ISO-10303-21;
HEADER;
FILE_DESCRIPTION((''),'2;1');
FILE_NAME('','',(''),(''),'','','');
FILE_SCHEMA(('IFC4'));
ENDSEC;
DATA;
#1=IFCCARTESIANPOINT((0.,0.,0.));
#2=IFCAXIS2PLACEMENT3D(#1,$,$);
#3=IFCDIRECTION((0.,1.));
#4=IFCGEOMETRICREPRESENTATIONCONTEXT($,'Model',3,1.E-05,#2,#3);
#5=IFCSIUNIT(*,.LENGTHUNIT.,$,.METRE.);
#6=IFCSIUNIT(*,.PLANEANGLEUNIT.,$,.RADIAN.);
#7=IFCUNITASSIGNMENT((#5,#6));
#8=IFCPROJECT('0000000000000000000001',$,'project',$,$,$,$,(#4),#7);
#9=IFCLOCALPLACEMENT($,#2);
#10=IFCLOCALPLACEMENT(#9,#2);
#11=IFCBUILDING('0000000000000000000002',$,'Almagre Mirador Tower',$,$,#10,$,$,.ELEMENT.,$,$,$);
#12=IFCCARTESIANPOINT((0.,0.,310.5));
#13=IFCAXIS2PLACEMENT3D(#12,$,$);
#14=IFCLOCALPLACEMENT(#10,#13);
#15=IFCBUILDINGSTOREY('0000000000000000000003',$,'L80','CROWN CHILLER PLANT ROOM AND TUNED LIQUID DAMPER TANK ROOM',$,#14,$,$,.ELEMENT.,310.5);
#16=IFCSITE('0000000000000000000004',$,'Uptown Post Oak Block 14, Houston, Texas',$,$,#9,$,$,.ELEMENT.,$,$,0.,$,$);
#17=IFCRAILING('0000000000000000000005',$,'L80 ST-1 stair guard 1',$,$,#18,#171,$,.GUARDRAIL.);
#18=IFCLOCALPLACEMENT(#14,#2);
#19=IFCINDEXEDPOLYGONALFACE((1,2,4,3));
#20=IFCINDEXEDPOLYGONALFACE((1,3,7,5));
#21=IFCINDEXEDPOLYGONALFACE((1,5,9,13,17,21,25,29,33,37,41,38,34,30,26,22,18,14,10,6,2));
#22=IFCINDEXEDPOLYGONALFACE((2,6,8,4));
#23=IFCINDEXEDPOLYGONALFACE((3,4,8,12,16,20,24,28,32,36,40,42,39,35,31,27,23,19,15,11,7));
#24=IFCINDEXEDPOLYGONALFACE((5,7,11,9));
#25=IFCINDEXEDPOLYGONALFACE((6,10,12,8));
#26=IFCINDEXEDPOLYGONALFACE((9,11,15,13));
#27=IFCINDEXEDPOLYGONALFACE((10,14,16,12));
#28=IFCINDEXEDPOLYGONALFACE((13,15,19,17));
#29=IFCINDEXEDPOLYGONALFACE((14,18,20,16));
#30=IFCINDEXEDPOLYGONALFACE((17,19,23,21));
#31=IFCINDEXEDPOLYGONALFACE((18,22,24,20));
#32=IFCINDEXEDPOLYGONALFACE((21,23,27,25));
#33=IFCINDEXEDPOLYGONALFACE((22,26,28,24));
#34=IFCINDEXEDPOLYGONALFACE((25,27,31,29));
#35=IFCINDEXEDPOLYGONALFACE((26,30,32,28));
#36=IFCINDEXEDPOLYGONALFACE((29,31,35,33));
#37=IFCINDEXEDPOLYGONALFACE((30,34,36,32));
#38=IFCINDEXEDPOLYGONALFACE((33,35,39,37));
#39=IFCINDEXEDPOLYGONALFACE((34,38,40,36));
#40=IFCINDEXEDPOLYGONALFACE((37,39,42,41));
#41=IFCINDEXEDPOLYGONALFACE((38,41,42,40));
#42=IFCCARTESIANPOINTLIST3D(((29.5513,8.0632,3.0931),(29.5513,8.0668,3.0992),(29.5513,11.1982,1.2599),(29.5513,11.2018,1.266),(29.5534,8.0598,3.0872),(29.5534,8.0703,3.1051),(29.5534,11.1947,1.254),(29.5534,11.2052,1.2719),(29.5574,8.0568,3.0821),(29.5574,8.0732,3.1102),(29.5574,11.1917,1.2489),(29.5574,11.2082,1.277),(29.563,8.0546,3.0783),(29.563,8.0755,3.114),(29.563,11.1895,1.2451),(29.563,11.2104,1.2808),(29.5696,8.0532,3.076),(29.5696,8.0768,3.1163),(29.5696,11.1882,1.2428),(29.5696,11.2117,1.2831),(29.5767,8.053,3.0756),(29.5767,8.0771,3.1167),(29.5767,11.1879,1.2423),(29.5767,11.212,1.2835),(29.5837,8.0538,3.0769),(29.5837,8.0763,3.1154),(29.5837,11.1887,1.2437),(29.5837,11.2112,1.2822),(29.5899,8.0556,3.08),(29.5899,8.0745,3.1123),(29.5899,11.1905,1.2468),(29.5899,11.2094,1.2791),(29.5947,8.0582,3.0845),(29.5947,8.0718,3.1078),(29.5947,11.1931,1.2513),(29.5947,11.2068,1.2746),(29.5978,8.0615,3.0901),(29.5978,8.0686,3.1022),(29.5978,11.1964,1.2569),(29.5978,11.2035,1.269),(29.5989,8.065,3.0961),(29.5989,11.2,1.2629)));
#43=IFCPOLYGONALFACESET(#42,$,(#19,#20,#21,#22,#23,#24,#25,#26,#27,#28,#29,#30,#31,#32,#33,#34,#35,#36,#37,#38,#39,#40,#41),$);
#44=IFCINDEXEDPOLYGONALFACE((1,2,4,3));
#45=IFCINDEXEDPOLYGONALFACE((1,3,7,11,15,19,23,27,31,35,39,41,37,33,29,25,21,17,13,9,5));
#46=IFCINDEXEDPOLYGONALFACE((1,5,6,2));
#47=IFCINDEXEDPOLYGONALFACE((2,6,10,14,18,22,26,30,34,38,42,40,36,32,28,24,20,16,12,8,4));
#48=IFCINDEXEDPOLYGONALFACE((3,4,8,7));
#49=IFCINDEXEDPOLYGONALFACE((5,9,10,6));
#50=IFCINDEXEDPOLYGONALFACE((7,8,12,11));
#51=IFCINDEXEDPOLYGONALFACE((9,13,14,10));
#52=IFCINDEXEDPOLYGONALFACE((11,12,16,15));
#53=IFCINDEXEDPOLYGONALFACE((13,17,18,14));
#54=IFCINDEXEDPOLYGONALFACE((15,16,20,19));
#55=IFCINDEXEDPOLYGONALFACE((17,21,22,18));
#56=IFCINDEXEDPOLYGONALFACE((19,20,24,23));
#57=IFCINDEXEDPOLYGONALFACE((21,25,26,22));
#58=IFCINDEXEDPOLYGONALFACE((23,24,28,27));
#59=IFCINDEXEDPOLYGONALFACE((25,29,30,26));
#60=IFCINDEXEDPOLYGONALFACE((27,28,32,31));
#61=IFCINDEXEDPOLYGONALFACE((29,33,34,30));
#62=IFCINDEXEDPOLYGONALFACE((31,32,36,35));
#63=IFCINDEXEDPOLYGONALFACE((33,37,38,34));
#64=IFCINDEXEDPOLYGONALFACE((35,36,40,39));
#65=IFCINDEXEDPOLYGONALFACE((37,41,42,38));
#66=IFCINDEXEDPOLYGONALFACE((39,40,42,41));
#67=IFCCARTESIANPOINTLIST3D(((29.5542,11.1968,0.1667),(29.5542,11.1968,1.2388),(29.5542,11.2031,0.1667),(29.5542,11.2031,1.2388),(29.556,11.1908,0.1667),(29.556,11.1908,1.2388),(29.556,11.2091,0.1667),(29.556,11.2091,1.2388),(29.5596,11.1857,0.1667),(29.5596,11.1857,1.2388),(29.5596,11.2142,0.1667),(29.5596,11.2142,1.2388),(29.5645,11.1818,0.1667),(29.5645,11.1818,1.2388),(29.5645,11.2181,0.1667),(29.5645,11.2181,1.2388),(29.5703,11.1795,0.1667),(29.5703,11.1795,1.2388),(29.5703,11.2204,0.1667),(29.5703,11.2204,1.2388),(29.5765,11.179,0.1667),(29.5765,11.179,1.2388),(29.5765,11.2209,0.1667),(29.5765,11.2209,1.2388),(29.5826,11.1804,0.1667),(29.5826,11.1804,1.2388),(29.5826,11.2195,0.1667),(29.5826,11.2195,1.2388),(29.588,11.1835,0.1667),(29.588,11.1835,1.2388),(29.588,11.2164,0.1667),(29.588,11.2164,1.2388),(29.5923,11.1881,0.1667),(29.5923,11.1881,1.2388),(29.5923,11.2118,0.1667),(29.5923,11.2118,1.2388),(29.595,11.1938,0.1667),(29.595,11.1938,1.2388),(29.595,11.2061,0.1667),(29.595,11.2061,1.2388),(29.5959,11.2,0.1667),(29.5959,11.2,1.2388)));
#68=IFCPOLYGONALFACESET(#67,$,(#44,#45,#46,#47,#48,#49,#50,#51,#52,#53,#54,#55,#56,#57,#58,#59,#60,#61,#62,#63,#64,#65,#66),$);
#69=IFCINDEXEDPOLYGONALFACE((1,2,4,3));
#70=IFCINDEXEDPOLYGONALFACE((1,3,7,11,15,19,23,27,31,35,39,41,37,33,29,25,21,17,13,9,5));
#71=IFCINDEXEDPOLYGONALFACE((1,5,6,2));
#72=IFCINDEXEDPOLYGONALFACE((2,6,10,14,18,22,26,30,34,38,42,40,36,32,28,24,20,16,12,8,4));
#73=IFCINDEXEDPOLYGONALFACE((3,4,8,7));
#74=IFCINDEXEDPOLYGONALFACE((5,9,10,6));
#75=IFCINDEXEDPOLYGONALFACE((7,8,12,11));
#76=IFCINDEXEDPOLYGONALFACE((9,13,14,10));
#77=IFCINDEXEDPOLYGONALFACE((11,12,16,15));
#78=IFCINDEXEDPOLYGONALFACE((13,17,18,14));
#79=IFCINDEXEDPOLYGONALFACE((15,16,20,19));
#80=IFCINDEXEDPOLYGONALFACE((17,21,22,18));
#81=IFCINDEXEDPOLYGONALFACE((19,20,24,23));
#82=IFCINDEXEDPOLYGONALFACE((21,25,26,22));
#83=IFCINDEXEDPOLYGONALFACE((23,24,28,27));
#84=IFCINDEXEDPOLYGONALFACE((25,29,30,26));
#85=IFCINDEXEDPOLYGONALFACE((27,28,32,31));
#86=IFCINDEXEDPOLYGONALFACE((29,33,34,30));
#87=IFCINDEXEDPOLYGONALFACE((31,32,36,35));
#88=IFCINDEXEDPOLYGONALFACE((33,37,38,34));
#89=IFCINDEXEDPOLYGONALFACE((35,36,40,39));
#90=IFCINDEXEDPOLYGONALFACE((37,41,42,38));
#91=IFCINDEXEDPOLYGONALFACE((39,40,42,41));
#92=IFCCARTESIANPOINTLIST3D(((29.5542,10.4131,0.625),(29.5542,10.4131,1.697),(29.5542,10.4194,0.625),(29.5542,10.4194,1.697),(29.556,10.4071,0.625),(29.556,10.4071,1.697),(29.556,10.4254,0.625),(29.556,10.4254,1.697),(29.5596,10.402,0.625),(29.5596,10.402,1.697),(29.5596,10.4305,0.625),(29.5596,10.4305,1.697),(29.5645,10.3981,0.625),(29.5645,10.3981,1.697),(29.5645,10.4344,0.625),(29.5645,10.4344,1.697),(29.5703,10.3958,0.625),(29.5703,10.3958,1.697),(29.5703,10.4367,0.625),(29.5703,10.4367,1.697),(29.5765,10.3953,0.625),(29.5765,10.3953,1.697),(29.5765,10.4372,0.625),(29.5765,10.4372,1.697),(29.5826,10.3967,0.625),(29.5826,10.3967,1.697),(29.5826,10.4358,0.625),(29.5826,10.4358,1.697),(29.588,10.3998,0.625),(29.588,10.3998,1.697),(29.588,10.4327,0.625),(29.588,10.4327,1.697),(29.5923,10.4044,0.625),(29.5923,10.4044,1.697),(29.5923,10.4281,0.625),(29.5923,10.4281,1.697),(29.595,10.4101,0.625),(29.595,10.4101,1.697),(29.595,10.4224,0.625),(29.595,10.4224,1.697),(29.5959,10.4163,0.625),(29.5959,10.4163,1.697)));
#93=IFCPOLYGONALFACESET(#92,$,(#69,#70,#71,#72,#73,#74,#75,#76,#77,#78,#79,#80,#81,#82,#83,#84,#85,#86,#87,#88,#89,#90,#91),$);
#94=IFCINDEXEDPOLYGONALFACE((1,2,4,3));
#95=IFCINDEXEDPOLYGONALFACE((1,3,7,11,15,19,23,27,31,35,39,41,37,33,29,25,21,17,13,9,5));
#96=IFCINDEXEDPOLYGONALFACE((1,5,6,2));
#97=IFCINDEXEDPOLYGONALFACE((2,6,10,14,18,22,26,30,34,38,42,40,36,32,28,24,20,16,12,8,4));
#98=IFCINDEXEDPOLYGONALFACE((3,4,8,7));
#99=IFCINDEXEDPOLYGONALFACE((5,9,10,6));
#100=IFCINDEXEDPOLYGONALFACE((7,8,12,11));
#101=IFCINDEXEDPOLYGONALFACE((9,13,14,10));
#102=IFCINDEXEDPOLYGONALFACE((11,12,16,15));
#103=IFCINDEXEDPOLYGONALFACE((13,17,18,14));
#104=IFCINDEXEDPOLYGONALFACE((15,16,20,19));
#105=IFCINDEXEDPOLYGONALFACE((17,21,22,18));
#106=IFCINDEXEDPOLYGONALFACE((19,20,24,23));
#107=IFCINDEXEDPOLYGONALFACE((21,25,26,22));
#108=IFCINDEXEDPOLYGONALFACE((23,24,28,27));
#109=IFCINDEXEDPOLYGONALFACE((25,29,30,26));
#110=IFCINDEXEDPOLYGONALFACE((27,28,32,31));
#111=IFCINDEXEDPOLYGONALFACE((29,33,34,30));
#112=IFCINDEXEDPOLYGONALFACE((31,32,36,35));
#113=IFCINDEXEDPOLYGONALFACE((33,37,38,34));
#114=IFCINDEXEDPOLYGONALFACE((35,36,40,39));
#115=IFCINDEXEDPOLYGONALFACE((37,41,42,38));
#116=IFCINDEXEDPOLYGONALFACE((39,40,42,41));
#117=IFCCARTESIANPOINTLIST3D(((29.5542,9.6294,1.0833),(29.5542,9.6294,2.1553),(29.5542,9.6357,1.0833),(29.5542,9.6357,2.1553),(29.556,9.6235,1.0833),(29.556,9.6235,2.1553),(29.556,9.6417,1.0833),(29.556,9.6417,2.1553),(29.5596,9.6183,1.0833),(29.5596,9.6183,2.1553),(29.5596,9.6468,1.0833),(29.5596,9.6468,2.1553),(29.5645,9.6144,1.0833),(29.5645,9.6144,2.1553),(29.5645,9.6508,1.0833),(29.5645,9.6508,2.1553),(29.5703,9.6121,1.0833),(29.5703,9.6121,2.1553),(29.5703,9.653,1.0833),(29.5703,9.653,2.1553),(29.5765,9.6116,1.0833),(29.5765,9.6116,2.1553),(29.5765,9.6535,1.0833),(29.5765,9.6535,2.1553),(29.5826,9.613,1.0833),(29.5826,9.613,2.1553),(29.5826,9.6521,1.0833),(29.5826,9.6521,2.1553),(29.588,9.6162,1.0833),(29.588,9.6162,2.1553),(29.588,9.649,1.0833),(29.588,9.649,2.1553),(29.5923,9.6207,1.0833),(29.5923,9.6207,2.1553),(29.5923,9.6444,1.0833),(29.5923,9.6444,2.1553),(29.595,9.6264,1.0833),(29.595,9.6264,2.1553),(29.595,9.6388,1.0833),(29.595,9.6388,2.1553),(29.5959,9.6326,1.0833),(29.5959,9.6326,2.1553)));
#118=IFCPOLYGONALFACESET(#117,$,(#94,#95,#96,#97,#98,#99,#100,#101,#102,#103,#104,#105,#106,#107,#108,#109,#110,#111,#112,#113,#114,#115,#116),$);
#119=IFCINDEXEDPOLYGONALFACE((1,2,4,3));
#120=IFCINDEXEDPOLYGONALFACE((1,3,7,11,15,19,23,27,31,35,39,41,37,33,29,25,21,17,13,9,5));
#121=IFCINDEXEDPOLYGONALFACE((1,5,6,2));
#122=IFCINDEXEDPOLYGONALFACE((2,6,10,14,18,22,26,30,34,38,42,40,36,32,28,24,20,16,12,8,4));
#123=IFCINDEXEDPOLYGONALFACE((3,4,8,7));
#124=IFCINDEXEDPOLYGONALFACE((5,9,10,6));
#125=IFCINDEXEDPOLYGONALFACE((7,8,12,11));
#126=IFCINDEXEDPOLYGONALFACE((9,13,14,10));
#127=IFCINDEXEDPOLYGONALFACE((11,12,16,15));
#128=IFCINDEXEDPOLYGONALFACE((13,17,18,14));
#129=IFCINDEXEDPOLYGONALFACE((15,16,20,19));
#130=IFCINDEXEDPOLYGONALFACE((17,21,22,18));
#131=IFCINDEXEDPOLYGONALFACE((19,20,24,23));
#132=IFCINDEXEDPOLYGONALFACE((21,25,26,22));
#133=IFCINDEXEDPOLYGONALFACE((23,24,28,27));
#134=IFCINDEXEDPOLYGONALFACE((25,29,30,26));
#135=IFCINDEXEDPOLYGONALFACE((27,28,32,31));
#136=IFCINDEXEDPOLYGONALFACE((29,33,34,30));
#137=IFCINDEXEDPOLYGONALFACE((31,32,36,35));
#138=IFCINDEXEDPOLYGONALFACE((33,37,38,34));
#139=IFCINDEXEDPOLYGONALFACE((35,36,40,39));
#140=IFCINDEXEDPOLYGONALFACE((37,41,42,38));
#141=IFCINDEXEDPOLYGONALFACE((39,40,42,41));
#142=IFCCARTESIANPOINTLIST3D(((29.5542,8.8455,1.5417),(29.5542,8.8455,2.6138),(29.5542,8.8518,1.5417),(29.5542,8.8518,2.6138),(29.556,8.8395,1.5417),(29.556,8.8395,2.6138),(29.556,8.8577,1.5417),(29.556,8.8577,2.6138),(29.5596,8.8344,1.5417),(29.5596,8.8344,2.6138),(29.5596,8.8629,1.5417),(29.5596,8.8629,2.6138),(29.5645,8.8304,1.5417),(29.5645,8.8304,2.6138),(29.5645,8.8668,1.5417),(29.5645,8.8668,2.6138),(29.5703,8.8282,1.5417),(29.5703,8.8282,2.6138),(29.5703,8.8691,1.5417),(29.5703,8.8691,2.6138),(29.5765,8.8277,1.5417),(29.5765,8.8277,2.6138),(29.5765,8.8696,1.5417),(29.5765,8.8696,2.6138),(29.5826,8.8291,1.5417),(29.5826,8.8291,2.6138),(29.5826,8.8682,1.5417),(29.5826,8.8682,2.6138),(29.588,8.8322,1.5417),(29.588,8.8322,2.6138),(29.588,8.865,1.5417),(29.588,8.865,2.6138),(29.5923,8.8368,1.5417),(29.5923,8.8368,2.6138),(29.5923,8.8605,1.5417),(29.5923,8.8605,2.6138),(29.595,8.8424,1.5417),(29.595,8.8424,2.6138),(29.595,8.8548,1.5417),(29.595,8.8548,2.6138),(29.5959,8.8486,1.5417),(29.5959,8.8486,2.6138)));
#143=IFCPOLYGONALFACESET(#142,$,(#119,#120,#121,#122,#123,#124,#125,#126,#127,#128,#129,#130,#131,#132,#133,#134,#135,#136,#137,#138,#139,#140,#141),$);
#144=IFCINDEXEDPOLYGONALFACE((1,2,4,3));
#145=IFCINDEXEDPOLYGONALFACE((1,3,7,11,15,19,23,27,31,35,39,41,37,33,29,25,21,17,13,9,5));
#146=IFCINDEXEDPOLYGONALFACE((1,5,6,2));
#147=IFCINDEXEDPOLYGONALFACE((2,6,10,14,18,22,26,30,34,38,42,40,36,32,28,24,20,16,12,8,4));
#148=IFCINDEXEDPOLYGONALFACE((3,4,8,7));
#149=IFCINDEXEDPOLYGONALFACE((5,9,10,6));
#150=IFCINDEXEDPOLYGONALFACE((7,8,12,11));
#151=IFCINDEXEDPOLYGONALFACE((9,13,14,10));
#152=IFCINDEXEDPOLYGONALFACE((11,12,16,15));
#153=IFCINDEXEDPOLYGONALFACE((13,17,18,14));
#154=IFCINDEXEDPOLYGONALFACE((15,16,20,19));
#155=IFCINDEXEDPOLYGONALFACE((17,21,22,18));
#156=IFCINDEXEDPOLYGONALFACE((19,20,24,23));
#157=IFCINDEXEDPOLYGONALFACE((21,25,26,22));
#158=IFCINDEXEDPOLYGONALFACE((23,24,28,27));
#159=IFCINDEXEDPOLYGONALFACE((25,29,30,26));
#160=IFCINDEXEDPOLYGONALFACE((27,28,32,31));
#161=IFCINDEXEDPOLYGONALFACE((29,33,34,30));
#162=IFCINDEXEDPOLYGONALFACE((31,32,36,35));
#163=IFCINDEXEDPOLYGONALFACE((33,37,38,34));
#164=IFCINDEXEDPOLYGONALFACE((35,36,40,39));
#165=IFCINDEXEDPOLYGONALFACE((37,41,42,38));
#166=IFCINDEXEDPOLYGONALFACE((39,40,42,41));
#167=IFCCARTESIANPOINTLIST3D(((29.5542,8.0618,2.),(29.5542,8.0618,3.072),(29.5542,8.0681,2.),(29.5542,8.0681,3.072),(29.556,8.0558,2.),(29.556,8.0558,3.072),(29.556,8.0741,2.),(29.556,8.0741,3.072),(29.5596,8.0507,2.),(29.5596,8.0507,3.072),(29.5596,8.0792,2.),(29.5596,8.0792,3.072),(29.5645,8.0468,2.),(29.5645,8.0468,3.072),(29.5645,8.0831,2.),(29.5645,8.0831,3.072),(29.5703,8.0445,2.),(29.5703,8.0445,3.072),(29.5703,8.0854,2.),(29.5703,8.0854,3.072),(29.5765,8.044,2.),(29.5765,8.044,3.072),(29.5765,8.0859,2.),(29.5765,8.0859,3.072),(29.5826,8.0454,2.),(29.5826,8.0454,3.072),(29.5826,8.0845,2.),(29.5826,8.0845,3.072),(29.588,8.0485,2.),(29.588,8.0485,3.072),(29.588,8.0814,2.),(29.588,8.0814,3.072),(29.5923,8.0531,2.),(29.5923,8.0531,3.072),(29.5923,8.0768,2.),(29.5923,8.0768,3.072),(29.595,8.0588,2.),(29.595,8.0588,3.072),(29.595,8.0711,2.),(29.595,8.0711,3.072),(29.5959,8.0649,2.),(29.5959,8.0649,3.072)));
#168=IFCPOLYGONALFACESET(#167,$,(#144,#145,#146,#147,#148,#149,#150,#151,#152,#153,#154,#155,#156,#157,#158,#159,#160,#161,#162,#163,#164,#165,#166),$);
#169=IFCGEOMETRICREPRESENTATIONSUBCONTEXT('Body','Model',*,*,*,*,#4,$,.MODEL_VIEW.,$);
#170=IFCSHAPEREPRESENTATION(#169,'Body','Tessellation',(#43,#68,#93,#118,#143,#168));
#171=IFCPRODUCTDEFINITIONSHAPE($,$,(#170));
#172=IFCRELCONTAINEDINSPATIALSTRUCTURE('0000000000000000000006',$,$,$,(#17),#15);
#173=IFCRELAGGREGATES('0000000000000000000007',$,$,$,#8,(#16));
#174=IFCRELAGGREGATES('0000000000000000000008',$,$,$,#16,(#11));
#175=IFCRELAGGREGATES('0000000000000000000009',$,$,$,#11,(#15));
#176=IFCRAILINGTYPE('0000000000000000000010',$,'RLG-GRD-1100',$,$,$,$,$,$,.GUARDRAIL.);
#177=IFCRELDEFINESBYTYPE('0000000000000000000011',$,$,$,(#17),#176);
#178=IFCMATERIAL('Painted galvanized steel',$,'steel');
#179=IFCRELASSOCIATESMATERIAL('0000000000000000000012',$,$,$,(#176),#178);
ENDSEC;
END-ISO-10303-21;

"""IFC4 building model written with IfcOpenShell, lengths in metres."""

from ifc_helpers import new_model, si_unit, direction, frame, origin, origin_2d, place, context, subcontext, project, spatial, circle, extrude, material, type_object, element, save


model = new_model("IFC4")

# Units and contexts
model_context = context("Model", 3, precision=1e-05, world=origin(), true_north=direction((0.0, 1.0)))
body_context = subcontext(model_context, "Body", "Model", "MODEL_VIEW")
ifc_project = project(units=[si_unit("LENGTHUNIT", "METRE"), si_unit("PLANEANGLEUNIT", "RADIAN")], contexts=[model_context])

# Site, building, storey
site_placement = place(None, origin())
site = spatial("IfcSite", under=ifc_project, at=site_placement, Name="Uptown Post Oak Block 14, Houston, Texas", CompositionType="ELEMENT", RefElevation=0.0)
building_placement = place(site_placement, origin())
building = spatial("IfcBuilding", under=site, at=building_placement, Name="Almagre Mirador Tower", CompositionType="ELEMENT")
storey_placement = place(building_placement, frame((0.0, 0.0, 310.5)))
storey = spatial("IfcBuildingStorey", under=building, at=storey_placement, Name="L80", Description="CROWN CHILLER PLANT ROOM AND TUNED LIQUID DAMPER TANK ROOM", CompositionType="ELEMENT", Elevation=310.5)

# Railing
ifc_material_1 = material(Name="Painted galvanized steel", Category="steel")
railing_type_1 = type_object("IfcRailingType", Name="RLG-GRD-1100", PredefinedType="GUARDRAIL", material=ifc_material_1)
railing_1_placement = place(storey_placement, frame((29.575, 11.2, 0.1667)))
element("IfcRailing", 1, at=railing_1_placement, inside=storey, type_object=railing_type_1, Name="L80 ST-1 stair guard 1", PredefinedType="GUARDRAIL", context=body_context, shape_type="SweptSolid", body=[
    extrude(circle(Radius=0.0239, at=origin_2d()), frame((0.0, 0.0, 1.0962), z_axis=(0.0, -0.86324, 0.504794), x_axis=(1.0, 0.0, 0.0)), (0.0, 0.0, 1.0), 3.6316),
    extrude(circle(Radius=0.021, at=origin_2d()), origin(), (0.0, 0.0, 1.0), 1.072),
    extrude(circle(Radius=0.021, at=origin_2d()), frame((0.0, -0.7837, 0.4583)), (0.0, 0.0, 1.0), 1.072),
    extrude(circle(Radius=0.021, at=origin_2d()), frame((0.0, -1.5674, 0.9165)), (0.0, 0.0, 1.0), 1.072),
    extrude(circle(Radius=0.021, at=origin_2d()), frame((0.0, -2.3513, 1.375)), (0.0, 0.0, 1.0), 1.072),
    extrude(circle(Radius=0.021, at=origin_2d()), frame((0.0, -3.135, 1.8333)), (0.0, 0.0, 1.0), 1.072),
])

save(model, "model.ifc")
